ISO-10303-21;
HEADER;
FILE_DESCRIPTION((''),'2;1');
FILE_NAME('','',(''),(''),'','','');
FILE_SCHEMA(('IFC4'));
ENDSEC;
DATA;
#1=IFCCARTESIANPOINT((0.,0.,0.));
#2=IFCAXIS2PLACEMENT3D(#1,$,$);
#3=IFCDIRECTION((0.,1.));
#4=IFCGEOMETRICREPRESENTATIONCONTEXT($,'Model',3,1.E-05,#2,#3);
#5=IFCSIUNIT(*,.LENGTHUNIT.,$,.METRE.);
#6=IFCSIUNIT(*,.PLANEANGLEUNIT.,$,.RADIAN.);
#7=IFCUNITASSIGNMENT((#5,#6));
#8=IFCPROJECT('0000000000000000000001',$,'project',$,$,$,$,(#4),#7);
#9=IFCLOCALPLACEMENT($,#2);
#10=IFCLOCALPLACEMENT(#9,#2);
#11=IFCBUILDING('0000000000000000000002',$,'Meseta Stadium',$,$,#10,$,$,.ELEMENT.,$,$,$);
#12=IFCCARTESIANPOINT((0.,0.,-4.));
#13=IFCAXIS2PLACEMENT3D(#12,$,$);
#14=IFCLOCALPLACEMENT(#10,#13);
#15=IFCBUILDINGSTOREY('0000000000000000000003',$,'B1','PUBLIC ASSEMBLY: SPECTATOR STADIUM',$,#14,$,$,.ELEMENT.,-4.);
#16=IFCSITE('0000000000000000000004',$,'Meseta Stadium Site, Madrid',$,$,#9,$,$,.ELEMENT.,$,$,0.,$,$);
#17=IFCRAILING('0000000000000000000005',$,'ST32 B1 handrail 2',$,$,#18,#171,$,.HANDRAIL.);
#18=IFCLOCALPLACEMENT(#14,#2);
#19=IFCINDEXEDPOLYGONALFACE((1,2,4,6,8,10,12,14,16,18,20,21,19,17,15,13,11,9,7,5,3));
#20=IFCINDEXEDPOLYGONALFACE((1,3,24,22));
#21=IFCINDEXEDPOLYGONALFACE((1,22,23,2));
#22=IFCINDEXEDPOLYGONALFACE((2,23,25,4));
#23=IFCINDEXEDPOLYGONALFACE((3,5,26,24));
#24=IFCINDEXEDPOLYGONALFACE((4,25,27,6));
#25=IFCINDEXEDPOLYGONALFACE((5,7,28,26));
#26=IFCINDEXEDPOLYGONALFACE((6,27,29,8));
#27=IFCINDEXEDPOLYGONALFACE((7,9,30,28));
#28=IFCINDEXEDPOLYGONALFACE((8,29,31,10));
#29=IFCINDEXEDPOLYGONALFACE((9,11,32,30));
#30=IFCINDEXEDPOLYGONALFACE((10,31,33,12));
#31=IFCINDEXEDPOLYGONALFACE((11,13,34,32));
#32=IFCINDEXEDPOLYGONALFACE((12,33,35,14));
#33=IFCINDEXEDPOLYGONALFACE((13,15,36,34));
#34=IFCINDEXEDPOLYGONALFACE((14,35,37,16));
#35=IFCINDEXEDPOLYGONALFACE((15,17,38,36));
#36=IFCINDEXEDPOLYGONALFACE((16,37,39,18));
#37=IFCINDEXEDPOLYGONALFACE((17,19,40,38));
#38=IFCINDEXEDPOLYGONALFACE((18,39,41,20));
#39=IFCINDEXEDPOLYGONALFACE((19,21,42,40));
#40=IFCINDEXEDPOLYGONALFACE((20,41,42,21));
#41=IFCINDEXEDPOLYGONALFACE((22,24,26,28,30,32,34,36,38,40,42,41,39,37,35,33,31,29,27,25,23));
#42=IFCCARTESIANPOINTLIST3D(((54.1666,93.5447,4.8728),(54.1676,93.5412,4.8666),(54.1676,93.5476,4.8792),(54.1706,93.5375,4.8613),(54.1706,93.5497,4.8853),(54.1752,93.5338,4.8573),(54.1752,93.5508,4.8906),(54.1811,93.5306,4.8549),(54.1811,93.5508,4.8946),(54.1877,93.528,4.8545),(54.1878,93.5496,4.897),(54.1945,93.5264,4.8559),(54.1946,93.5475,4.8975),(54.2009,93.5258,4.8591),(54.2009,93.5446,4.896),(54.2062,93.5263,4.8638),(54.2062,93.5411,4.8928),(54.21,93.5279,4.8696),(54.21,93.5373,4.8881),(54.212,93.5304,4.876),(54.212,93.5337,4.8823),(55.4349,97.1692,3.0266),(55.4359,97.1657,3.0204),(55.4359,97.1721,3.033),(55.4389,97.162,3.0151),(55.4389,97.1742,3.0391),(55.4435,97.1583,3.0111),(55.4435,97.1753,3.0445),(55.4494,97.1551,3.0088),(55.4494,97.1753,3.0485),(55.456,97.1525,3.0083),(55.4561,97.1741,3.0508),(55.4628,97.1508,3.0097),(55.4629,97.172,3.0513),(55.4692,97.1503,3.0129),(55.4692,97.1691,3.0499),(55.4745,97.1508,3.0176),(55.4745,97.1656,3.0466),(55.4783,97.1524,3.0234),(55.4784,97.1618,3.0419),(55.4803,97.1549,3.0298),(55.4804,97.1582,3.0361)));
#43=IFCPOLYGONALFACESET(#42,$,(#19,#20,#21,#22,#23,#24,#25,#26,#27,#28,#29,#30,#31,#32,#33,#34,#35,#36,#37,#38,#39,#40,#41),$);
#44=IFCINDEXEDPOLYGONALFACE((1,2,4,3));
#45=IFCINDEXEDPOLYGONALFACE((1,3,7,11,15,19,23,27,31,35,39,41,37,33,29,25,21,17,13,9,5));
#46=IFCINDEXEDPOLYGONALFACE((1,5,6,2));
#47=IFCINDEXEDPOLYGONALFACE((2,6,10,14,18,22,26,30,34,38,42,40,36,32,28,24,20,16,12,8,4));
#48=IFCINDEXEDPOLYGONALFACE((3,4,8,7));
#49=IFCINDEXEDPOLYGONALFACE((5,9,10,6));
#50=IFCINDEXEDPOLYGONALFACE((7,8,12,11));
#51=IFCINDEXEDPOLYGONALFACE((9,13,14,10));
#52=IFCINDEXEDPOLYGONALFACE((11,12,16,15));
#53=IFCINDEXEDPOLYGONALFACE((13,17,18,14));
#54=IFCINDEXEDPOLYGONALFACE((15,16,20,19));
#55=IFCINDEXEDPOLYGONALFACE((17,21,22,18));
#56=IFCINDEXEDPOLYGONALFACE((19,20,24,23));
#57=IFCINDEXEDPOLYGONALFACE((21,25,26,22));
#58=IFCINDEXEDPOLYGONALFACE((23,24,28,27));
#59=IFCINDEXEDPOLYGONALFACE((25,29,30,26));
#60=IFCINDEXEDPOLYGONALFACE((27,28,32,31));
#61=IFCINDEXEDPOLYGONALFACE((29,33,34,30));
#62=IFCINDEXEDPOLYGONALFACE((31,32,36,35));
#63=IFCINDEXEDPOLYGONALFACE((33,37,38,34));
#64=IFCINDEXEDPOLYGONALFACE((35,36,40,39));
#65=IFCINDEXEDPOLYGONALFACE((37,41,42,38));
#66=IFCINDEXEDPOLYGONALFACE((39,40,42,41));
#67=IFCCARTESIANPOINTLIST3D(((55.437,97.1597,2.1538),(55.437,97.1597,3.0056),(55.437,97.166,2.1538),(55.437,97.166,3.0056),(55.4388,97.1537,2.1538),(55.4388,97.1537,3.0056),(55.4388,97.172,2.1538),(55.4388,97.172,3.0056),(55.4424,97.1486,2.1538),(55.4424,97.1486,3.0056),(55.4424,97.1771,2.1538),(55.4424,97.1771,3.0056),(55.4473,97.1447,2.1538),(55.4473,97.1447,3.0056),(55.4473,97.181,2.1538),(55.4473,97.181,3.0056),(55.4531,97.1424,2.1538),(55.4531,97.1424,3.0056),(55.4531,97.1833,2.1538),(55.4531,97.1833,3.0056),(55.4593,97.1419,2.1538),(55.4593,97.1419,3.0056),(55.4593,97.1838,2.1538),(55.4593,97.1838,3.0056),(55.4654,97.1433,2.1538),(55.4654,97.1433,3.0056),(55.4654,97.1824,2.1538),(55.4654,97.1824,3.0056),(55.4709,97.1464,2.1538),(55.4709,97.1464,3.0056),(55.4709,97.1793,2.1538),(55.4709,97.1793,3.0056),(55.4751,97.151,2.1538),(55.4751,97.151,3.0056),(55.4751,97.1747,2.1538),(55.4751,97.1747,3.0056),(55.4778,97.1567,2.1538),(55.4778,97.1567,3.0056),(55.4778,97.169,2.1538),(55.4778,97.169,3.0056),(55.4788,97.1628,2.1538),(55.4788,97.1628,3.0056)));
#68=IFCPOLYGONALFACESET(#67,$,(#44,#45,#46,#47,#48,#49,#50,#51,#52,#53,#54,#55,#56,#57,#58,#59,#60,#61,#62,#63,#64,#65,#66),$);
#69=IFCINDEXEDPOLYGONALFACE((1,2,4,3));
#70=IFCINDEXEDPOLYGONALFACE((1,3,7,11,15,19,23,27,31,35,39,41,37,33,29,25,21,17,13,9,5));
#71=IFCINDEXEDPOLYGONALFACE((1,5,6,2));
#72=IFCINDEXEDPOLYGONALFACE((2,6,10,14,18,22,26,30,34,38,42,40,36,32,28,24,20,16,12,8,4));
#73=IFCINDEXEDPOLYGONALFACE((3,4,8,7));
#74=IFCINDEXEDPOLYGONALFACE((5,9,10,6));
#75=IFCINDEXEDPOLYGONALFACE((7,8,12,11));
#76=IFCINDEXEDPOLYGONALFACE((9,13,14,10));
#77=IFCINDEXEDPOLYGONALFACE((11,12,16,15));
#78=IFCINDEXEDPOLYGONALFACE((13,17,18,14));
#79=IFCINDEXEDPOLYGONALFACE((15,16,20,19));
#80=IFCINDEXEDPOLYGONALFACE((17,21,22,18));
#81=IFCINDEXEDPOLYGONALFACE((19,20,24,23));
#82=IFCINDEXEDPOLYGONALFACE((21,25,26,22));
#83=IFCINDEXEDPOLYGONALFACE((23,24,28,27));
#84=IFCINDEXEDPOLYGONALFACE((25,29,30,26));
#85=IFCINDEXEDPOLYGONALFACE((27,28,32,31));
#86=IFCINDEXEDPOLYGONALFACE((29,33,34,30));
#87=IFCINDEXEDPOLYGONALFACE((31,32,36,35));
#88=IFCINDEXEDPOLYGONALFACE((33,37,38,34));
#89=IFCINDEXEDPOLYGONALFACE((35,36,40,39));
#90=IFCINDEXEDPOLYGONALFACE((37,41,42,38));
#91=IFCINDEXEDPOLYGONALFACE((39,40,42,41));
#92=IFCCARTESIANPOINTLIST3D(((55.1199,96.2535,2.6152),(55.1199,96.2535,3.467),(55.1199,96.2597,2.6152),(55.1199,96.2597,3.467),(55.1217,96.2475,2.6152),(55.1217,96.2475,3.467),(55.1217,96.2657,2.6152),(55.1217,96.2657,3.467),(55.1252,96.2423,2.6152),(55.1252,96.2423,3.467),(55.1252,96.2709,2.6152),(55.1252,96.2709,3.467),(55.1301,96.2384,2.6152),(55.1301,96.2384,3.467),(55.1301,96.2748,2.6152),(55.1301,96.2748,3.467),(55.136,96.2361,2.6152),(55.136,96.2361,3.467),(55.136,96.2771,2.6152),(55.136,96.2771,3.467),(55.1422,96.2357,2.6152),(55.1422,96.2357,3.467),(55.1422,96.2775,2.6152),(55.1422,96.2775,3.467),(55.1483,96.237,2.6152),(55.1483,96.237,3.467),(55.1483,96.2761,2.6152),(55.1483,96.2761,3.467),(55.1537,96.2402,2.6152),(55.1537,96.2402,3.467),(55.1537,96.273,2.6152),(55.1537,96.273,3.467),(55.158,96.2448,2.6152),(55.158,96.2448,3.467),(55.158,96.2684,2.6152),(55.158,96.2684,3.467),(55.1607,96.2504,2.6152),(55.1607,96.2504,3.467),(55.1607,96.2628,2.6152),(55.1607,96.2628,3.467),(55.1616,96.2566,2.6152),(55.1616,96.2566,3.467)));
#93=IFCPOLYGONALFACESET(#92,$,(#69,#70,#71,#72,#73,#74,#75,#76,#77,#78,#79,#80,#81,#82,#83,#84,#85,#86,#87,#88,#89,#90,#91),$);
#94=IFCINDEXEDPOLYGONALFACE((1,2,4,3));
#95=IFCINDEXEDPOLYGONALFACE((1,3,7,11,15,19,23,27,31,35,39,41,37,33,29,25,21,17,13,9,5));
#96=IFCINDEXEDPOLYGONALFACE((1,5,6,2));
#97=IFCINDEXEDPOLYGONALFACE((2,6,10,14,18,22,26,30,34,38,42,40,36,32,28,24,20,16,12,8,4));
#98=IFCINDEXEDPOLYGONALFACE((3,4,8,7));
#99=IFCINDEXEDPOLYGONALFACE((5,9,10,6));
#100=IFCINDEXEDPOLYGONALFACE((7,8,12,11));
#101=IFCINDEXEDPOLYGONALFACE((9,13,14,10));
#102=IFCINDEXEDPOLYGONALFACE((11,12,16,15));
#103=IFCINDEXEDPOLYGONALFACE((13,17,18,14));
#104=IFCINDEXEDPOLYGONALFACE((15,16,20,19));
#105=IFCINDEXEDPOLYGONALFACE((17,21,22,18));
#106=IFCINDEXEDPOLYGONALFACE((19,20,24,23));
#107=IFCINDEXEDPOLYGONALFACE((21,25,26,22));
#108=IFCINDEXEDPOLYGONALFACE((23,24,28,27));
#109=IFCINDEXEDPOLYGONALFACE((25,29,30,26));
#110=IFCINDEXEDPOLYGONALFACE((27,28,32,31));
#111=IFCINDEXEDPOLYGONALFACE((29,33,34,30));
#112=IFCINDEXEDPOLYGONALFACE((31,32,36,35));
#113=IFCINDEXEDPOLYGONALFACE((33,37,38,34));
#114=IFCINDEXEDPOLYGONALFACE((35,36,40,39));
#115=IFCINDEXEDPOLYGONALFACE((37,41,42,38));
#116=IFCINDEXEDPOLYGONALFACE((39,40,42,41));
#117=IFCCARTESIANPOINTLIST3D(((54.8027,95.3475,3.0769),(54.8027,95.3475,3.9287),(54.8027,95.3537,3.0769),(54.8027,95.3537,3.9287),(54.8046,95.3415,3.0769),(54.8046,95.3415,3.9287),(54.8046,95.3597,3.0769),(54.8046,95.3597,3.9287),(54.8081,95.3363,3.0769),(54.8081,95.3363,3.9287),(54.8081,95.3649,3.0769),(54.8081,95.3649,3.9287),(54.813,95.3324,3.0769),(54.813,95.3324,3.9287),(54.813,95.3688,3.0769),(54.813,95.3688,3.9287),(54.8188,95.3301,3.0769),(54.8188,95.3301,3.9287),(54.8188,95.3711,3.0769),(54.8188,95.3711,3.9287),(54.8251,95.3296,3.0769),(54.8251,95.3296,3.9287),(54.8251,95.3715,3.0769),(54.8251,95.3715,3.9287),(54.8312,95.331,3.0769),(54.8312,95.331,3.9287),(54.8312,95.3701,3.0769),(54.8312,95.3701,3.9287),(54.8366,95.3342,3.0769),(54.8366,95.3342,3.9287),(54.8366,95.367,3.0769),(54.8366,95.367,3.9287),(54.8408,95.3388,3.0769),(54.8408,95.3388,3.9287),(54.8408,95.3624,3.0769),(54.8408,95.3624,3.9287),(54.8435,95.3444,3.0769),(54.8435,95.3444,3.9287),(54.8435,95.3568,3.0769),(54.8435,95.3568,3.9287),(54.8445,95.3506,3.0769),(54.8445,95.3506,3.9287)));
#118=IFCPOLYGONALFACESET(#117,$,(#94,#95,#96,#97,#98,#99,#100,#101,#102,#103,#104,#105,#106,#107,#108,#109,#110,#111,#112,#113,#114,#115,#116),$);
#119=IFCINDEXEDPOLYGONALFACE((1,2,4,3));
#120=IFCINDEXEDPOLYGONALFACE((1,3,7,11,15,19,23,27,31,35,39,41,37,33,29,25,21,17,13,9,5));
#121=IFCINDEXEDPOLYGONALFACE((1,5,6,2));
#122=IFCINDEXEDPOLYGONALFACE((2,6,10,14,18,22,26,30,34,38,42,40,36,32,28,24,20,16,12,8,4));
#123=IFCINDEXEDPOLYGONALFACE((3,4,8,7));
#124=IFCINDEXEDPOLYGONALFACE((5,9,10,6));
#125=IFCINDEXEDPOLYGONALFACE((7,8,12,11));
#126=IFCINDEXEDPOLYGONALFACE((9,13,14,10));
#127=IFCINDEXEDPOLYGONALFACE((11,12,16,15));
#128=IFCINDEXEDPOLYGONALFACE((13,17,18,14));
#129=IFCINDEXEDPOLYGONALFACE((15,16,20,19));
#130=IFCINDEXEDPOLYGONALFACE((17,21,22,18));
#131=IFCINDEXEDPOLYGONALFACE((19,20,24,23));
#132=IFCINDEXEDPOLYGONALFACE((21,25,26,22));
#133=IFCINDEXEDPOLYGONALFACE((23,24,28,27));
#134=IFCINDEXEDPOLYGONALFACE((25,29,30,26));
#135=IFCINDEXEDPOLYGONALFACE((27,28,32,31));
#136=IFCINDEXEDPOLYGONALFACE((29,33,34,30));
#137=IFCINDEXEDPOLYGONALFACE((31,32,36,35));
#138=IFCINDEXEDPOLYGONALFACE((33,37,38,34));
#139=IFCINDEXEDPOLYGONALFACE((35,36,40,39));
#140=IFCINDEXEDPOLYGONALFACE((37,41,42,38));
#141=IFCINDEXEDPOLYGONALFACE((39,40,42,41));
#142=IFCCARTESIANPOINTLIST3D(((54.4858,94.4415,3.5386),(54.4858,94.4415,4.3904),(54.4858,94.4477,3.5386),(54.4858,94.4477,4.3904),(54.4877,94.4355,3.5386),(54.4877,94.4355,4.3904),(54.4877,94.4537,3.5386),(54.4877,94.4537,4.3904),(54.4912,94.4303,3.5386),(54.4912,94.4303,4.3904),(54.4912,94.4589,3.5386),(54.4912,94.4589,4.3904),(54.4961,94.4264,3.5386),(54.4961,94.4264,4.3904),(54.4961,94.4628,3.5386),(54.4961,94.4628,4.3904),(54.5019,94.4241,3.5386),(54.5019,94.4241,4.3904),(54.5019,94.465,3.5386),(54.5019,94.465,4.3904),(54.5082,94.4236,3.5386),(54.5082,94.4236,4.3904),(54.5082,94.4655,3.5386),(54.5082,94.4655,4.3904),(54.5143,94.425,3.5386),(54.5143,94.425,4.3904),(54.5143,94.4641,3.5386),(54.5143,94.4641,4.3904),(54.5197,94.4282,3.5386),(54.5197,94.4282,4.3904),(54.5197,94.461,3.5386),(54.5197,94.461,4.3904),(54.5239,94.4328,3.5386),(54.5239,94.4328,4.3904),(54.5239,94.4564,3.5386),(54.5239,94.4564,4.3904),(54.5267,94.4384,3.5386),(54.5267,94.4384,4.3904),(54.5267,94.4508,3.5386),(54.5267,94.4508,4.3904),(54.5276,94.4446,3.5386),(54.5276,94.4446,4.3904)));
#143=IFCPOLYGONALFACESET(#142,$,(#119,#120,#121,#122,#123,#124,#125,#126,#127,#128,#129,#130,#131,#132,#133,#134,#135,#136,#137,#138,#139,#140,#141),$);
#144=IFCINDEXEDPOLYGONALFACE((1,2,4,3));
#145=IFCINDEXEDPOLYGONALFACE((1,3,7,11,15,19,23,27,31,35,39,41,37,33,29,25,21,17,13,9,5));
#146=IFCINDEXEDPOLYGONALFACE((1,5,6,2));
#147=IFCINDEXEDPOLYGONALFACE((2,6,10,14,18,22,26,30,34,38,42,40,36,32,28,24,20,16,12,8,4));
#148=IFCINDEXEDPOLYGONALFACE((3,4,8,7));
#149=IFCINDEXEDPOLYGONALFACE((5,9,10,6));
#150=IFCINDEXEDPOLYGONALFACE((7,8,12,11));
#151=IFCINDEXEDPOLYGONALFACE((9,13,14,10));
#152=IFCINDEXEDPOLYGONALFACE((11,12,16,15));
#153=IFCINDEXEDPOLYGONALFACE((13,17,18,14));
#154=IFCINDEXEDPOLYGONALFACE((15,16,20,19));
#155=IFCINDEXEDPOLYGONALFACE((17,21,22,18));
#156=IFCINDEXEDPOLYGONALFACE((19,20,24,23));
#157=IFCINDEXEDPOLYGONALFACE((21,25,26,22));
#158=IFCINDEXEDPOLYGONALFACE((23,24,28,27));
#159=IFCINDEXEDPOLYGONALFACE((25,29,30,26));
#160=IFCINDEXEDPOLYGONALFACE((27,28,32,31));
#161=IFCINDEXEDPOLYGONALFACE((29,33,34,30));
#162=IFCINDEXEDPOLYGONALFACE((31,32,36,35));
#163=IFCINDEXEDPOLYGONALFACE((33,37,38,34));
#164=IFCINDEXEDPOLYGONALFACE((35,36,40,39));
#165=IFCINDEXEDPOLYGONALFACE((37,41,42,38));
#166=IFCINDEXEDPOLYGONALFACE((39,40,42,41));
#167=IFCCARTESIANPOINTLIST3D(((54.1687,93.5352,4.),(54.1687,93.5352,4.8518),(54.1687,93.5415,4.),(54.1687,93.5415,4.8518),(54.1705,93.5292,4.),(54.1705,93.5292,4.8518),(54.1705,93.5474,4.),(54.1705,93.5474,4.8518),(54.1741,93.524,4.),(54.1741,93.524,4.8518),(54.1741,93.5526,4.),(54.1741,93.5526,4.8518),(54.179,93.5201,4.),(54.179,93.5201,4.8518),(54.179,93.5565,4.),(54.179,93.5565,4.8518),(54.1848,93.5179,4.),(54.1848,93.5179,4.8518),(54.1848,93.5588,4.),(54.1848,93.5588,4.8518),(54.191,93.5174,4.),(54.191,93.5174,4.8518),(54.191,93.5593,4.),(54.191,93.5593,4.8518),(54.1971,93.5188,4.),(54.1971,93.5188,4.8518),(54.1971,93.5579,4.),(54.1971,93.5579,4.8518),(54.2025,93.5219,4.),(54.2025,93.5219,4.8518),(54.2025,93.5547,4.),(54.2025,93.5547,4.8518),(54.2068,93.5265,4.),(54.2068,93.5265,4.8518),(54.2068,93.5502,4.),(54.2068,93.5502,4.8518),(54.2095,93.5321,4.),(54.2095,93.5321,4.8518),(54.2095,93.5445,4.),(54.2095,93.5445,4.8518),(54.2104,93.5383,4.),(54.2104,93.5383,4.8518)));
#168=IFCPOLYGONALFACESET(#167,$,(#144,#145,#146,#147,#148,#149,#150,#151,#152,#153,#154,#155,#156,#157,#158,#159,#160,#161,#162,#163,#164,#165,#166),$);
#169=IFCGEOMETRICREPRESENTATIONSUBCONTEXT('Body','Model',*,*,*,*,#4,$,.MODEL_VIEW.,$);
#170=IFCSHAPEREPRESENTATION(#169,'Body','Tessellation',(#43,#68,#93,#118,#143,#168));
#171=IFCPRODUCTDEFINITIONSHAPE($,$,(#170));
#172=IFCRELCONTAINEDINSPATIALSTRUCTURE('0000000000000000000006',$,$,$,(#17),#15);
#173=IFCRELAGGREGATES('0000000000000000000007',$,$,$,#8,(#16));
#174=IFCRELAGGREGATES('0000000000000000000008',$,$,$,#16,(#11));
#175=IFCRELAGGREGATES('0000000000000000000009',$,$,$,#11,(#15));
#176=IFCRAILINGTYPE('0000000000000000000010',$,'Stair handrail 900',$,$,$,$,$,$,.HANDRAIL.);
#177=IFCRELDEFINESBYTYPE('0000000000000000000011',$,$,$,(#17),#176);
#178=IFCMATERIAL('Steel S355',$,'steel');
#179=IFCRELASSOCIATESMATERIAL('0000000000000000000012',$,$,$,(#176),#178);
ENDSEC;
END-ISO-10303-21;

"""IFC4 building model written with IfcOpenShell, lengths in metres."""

from ifc_helpers import new_model, si_unit, direction, frame, origin, origin_2d, place, context, subcontext, project, spatial, circle, extrude, material, type_object, element, save


model = new_model("IFC4")

# Units and contexts
model_context = context("Model", 3, precision=1e-05, world=origin(), true_north=direction((0.0, 1.0)))
body_context = subcontext(model_context, "Body", "Model", "MODEL_VIEW")
ifc_project = project(units=[si_unit("LENGTHUNIT", "METRE"), si_unit("PLANEANGLEUNIT", "RADIAN")], contexts=[model_context])

# Site, building, storey
site_placement = place(None, origin())
site = spatial("IfcSite", under=ifc_project, at=site_placement, Name="Meseta Stadium Site, Madrid", CompositionType="ELEMENT", RefElevation=0.0)
building_placement = place(site_placement, origin())
building = spatial("IfcBuilding", under=site, at=building_placement, Name="Meseta Stadium", CompositionType="ELEMENT")
storey_placement = place(building_placement, frame((0.0, 0.0, -4.0)))
storey = spatial("IfcBuildingStorey", under=building, at=storey_placement, Name="B1", Description="PUBLIC ASSEMBLY: SPECTATOR STADIUM", CompositionType="ELEMENT", Elevation=-4.0)

# Railing
ifc_material_1 = material(Name="Steel S355", Category="steel")
railing_type_1 = type_object("IfcRailingType", Name="Stair handrail 900", PredefinedType="HANDRAIL", material=ifc_material_1)
for number, where, name in (
    (1, (55.4578, 97.1628, 2.1538), "ST32 B1 handrail 2"),
):
    element("IfcRailing", number, at=place(storey_placement, frame(where)), inside=storey, type_object=railing_type_1, Name=name, PredefinedType="HANDRAIL", context=body_context, shape_type="SweptSolid", body=[
        extrude(circle(Radius=0.0239, at=origin_2d()), frame((0.0, 0.0, 0.876), z_axis=(-0.297672, -0.850672, 0.4333), x_axis=(0.94388, -0.330288, 0.0)), (0.0, 0.0, 1.0), 4.2607),
        extrude(circle(Radius=0.021, at=origin_2d()), origin(), (0.0, 0.0, 1.0), 0.8518),
        extrude(circle(Radius=0.021, at=origin_2d()), frame((-0.3171, -0.9062, 0.4614)), (0.0, 0.0, 1.0), 0.8518),
        extrude(circle(Radius=0.021, at=origin_2d()), frame((-0.6343, -1.8123, 0.9231)), (0.0, 0.0, 1.0), 0.8518),
        extrude(circle(Radius=0.021, at=origin_2d()), frame((-0.9512, -2.7183, 1.3848)), (0.0, 0.0, 1.0), 0.8518),
        extrude(circle(Radius=0.021, at=origin_2d()), frame((-1.2683, -3.6245, 1.8462)), (0.0, 0.0, 1.0), 0.8518),
    ])

save(model, "model.ifc")
